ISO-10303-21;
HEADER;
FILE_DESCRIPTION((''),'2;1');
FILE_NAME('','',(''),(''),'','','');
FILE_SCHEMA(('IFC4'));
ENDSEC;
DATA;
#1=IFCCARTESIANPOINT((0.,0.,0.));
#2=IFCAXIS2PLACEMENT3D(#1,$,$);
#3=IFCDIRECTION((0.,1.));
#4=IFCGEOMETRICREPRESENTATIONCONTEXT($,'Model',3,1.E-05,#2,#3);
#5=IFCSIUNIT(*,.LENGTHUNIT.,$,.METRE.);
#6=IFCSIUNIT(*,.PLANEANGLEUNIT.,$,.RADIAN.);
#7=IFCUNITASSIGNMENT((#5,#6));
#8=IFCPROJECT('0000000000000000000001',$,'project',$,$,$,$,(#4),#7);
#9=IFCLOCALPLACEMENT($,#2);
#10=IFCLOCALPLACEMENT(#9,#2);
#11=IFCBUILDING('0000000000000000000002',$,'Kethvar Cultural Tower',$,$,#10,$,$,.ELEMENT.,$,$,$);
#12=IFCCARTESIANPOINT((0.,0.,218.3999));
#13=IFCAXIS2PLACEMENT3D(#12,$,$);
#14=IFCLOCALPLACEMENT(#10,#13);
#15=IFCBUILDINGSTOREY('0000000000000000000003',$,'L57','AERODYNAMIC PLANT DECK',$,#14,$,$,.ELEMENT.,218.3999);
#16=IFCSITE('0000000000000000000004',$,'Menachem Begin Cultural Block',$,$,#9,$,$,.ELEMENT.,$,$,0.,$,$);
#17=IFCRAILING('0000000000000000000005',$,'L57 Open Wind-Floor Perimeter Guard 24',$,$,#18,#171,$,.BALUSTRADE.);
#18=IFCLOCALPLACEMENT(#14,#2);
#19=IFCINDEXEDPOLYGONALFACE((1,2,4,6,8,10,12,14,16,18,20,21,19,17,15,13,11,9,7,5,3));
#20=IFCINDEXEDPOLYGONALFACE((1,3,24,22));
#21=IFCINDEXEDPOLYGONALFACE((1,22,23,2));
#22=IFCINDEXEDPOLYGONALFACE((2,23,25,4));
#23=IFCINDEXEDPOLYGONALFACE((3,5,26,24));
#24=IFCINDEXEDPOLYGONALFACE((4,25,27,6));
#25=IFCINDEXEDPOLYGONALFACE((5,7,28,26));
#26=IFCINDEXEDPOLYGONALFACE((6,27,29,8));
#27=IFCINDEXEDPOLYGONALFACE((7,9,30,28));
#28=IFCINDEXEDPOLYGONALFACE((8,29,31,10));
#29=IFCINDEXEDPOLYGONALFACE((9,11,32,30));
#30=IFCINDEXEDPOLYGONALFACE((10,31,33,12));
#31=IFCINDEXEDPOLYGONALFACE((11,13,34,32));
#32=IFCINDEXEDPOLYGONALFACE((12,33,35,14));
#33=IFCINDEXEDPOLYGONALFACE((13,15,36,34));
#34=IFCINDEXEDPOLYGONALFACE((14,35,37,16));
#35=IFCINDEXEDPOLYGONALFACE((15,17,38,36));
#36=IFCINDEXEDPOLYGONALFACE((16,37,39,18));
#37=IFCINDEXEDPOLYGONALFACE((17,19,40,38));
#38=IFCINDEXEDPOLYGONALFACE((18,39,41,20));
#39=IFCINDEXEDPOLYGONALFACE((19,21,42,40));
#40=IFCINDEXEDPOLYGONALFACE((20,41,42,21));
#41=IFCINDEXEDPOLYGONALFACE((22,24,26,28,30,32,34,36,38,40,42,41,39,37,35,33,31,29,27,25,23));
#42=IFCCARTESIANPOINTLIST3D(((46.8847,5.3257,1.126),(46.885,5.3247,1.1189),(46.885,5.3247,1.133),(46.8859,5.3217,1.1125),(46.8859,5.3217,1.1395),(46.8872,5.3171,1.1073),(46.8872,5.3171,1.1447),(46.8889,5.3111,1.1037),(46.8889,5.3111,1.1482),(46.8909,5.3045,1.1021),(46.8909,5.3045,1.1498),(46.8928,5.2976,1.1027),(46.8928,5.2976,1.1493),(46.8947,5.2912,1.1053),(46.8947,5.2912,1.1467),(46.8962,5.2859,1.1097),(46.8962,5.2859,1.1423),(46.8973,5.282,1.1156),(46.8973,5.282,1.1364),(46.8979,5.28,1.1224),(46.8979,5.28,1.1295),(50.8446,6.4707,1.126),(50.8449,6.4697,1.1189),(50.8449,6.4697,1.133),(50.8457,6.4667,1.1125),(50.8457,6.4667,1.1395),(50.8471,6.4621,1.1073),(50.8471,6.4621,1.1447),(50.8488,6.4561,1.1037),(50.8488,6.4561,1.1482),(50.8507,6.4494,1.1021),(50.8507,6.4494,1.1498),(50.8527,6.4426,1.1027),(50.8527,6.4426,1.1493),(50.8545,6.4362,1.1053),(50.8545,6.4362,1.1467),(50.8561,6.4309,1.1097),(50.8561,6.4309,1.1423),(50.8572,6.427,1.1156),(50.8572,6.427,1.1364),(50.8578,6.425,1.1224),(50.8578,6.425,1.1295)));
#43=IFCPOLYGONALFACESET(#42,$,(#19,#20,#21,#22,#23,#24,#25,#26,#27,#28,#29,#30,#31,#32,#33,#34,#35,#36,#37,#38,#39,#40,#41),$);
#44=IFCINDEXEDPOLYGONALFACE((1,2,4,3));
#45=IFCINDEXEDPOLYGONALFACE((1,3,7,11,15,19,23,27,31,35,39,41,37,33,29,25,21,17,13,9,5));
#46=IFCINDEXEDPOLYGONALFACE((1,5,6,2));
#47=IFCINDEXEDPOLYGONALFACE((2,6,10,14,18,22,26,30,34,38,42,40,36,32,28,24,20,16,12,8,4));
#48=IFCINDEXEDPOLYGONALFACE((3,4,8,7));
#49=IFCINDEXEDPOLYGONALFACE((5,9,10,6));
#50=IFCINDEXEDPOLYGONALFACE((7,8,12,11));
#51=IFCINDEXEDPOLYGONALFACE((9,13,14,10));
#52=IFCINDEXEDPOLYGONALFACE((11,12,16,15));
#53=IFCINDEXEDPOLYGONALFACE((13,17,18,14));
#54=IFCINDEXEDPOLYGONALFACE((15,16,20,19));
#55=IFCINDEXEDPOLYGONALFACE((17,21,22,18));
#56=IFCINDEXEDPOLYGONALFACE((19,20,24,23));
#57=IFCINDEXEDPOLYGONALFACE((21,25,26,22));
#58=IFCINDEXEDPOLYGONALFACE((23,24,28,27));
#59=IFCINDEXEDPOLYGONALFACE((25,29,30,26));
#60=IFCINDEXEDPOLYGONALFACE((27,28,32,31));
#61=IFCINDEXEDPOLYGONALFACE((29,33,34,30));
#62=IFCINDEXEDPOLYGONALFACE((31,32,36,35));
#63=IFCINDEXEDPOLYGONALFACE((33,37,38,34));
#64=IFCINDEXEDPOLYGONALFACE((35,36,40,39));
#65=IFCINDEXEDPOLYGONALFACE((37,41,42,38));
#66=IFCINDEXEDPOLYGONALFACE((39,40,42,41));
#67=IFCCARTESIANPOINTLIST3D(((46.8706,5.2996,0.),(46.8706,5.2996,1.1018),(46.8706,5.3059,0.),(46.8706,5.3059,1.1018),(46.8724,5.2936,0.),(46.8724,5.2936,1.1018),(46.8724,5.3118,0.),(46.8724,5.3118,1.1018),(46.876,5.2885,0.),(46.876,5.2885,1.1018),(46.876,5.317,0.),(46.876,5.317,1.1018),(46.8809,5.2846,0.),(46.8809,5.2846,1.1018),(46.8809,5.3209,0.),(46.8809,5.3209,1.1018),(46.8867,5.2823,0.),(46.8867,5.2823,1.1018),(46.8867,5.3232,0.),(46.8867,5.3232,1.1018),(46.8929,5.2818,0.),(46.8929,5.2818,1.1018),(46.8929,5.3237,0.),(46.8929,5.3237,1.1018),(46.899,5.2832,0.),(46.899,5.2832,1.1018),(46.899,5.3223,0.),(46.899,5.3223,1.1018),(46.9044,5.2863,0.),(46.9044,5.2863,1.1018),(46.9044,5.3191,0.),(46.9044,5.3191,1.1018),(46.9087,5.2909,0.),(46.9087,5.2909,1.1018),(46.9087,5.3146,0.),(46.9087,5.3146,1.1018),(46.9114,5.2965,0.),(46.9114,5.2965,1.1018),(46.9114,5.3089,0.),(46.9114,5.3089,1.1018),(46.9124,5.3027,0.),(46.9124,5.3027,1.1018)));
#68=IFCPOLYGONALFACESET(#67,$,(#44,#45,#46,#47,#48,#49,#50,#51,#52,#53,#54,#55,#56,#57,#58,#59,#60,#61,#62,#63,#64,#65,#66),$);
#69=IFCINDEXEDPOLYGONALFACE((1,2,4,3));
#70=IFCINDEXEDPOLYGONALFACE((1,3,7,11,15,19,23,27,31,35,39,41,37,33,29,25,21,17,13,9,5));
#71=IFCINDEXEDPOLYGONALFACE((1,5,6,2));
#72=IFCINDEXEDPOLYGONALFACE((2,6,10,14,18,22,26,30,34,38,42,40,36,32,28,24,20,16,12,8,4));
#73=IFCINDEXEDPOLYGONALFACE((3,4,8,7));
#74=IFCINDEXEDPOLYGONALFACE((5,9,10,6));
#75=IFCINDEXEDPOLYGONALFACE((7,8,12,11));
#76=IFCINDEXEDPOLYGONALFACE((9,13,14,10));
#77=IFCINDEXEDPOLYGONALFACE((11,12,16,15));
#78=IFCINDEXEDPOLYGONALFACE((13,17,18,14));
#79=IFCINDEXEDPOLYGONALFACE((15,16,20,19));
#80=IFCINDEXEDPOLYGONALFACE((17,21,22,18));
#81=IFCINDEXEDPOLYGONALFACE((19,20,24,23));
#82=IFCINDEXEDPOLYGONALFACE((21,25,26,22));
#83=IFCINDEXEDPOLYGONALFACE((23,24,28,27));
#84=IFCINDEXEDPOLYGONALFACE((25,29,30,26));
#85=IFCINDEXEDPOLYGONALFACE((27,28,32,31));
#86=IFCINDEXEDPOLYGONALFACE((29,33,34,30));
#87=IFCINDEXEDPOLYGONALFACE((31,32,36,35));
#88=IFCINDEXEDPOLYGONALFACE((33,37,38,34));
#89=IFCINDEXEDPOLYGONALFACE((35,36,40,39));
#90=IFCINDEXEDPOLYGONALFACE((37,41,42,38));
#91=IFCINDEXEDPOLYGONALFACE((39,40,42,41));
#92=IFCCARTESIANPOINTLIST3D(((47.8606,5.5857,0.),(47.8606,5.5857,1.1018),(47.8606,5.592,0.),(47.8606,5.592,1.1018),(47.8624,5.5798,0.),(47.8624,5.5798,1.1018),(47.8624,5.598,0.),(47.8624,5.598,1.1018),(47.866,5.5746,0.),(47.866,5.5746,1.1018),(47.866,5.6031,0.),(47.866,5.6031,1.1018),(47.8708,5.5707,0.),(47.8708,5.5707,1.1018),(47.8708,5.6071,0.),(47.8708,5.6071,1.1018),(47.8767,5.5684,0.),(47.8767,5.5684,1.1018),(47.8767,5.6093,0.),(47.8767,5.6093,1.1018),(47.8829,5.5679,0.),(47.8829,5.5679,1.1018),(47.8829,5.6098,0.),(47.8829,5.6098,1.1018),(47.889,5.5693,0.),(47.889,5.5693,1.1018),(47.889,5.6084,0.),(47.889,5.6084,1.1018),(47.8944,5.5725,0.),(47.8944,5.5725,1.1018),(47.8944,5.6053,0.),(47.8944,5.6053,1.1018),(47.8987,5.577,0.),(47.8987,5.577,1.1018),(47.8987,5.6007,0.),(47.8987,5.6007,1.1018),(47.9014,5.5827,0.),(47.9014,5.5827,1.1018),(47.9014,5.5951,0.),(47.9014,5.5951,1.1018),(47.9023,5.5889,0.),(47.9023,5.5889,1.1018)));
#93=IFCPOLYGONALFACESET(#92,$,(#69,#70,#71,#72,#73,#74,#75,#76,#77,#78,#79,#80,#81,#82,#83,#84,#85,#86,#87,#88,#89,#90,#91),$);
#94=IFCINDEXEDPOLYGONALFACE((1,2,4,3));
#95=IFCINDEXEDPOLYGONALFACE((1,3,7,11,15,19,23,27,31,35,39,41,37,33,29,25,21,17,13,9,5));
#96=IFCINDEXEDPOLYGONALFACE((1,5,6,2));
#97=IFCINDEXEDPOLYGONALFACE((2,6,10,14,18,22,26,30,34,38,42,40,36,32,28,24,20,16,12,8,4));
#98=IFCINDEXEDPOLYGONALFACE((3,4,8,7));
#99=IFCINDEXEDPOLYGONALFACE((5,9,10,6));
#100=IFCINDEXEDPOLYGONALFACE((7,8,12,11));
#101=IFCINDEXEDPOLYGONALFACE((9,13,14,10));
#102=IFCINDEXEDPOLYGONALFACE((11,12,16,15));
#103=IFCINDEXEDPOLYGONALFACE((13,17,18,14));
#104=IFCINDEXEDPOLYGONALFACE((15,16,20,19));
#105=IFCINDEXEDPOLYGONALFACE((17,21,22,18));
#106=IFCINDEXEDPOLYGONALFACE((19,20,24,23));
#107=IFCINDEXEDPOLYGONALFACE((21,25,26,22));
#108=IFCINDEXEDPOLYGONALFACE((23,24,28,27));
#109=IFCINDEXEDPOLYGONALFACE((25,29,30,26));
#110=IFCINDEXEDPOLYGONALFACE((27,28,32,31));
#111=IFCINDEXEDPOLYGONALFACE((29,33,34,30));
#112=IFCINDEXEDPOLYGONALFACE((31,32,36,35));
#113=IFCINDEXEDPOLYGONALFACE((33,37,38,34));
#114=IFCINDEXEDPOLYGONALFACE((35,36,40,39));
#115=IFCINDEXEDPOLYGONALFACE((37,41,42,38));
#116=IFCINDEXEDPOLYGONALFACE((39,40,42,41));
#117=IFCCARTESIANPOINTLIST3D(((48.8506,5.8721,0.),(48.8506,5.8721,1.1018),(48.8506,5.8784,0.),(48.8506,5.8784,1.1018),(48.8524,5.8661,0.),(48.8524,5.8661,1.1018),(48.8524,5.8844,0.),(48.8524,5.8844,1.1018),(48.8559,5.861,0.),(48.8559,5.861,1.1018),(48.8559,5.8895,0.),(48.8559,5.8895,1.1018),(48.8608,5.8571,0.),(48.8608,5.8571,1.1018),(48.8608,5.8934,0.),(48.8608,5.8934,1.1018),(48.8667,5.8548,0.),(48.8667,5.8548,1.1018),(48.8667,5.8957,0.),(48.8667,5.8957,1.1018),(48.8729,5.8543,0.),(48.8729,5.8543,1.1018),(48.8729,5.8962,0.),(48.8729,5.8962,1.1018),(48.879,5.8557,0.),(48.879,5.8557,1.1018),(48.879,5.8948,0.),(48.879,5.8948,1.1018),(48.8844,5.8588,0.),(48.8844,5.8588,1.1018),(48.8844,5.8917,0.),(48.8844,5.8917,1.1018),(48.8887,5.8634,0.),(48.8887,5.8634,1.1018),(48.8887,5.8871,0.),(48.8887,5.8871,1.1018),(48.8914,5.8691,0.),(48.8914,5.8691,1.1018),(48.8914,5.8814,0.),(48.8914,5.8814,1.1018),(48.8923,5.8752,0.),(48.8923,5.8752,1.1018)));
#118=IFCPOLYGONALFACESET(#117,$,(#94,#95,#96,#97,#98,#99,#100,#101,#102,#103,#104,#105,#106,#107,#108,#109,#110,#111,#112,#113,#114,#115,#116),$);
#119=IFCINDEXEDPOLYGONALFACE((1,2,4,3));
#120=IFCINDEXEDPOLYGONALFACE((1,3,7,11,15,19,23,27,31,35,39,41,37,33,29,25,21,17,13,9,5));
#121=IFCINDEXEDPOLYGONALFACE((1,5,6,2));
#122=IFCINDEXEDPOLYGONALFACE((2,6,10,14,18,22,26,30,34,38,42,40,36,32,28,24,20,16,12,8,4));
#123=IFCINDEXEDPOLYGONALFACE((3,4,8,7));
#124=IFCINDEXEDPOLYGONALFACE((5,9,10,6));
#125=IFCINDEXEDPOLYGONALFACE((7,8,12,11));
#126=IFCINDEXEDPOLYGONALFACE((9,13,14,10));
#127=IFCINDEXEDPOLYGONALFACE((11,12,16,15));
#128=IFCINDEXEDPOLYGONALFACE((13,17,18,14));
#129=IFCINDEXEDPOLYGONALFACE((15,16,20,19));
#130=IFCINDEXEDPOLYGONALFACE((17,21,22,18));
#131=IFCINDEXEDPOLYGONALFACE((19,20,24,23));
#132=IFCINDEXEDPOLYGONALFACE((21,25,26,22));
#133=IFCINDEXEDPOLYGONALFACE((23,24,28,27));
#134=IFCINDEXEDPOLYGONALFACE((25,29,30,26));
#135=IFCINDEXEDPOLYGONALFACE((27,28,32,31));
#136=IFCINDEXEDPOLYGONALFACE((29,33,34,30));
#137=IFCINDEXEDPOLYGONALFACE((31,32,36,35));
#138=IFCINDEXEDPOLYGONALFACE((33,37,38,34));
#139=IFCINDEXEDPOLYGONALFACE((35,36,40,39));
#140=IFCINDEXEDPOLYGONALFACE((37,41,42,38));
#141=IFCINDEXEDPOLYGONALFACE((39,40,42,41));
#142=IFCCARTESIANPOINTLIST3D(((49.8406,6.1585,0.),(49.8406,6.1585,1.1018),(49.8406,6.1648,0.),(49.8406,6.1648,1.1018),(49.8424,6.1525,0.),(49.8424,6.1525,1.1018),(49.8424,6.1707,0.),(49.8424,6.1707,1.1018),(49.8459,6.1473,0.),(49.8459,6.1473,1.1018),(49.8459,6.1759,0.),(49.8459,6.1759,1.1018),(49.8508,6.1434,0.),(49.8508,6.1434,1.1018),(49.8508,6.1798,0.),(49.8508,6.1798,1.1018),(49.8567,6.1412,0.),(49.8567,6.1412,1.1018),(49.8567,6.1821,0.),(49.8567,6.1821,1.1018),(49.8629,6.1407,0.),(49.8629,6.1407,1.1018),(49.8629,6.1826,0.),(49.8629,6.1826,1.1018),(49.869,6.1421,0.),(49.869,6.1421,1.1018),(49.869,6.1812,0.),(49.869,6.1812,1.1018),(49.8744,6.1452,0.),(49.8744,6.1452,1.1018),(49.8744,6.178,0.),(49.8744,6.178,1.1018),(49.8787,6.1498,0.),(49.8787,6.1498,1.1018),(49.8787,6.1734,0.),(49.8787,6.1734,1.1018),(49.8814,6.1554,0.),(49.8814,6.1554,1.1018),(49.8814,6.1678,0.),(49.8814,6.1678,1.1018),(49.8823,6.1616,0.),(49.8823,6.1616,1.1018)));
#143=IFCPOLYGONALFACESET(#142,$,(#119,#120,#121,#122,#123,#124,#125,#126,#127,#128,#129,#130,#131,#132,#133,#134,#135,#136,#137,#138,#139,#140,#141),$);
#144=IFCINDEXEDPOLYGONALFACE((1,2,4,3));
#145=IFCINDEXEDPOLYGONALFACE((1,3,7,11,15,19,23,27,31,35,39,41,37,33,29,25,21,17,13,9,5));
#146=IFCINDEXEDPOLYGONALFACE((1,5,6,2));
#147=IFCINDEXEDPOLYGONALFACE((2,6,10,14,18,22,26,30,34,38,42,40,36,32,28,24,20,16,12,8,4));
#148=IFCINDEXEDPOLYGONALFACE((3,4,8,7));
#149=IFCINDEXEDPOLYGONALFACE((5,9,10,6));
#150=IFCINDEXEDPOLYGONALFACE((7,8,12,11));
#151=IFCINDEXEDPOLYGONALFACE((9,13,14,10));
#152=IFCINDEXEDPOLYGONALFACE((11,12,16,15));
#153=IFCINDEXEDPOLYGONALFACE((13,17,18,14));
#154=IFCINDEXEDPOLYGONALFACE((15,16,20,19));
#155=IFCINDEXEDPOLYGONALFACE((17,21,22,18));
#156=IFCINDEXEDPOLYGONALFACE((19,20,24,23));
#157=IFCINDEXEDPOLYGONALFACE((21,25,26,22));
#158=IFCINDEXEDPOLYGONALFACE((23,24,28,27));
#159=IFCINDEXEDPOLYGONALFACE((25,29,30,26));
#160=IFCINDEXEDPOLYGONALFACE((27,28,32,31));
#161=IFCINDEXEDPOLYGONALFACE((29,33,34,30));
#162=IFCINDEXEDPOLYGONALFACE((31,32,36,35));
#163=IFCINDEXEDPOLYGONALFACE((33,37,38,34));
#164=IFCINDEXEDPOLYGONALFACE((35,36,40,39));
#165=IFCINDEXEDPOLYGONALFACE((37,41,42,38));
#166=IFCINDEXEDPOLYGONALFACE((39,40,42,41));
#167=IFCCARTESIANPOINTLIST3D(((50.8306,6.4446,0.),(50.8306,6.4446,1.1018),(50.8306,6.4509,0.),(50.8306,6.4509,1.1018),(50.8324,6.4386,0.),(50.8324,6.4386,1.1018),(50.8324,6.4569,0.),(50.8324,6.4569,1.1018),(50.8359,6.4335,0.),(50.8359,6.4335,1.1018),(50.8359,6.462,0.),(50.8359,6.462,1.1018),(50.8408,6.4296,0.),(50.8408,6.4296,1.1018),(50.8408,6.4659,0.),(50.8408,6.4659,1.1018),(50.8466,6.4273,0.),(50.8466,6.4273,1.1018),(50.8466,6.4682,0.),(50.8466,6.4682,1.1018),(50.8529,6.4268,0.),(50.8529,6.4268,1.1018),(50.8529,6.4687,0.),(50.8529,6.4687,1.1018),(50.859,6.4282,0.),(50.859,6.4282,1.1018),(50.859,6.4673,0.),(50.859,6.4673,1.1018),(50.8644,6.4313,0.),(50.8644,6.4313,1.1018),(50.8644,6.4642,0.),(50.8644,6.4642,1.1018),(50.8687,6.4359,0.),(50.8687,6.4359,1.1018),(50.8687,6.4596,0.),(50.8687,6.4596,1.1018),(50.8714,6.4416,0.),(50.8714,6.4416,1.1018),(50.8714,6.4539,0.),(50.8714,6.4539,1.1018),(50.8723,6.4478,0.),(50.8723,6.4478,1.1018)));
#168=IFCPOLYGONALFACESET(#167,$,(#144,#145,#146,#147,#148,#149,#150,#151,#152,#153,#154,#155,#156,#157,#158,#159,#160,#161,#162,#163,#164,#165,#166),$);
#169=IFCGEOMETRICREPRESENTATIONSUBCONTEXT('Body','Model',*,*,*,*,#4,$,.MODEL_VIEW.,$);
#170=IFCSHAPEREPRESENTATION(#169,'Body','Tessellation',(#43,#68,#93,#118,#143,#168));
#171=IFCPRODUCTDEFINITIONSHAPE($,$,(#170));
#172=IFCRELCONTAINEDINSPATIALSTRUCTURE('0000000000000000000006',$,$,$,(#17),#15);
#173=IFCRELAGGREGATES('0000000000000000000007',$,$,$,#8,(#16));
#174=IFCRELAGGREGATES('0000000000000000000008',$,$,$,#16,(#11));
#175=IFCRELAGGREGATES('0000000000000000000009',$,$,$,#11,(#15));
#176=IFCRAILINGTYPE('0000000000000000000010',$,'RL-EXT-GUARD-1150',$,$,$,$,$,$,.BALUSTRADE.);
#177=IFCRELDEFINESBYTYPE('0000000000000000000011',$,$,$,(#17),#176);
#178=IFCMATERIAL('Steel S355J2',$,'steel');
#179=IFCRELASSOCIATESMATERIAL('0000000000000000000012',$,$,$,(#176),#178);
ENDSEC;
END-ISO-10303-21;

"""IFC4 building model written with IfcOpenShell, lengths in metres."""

from ifc_helpers import new_model, si_unit, direction, frame, origin, origin_2d, place, context, subcontext, project, spatial, circle, extrude, material, type_object, element, save


model = new_model("IFC4")

# Units and contexts
model_context = context("Model", 3, precision=1e-05, world=origin(), true_north=direction((0.0, 1.0)))
body_context = subcontext(model_context, "Body", "Model", "MODEL_VIEW")
ifc_project = project(units=[si_unit("LENGTHUNIT", "METRE"), si_unit("PLANEANGLEUNIT", "RADIAN")], contexts=[model_context])

# Site, building, storey
site_placement = place(None, origin())
site = spatial("IfcSite", under=ifc_project, at=site_placement, Name="Menachem Begin Cultural Block", CompositionType="ELEMENT", RefElevation=0.0)
building_placement = place(site_placement, origin())
building = spatial("IfcBuilding", under=site, at=building_placement, Name="Kethvar Cultural Tower", CompositionType="ELEMENT")
storey_placement = place(building_placement, frame((0.0, 0.0, 218.3999)))
storey = spatial("IfcBuildingStorey", under=building, at=storey_placement, Name="L57", Description="AERODYNAMIC PLANT DECK", CompositionType="ELEMENT", Elevation=218.3999)

# Shared definitions
ifc_material_1 = material(Name="Steel S355J2", Category="steel")

# Railing
railing_type_1 = type_object("IfcRailingType", Name="RL-EXT-GUARD-1150", PredefinedType="BALUSTRADE", material=ifc_material_1)
railing_1_placement = place(storey_placement, frame((46.8914, 5.3027, 0.0)))
element("IfcRailing", 1, at=railing_1_placement, inside=storey, type_object=railing_type_1, Name="L57 Open Wind-Floor Perimeter Guard 24", PredefinedType="BALUSTRADE", context=body_context, shape_type="SweptSolid", body=[
    extrude(circle(Radius=0.0239, at=origin_2d()), frame((0.0, 0.0, 1.126), z_axis=(0.960647, 0.27777, 0.0), x_axis=(-0.27777, 0.960647, 0.0)), (0.0, 0.0, 1.0), 4.1221),
    extrude(circle(Radius=0.021, at=origin_2d()), origin(), (0.0, 0.0, 1.0), 1.1018),
    extrude(circle(Radius=0.021, at=origin_2d()), frame((0.99, 0.2861, 0.0)), (0.0, 0.0, 1.0), 1.1018),
    extrude(circle(Radius=0.021, at=origin_2d()), frame((1.98, 0.5725, 0.0)), (0.0, 0.0, 1.0), 1.1018),
    extrude(circle(Radius=0.021, at=origin_2d()), frame((2.97, 0.8589, 0.0)), (0.0, 0.0, 1.0), 1.1018),
    extrude(circle(Radius=0.021, at=origin_2d()), frame((3.96, 1.145, 0.0)), (0.0, 0.0, 1.0), 1.1018),
])

save(model, "model.ifc")
